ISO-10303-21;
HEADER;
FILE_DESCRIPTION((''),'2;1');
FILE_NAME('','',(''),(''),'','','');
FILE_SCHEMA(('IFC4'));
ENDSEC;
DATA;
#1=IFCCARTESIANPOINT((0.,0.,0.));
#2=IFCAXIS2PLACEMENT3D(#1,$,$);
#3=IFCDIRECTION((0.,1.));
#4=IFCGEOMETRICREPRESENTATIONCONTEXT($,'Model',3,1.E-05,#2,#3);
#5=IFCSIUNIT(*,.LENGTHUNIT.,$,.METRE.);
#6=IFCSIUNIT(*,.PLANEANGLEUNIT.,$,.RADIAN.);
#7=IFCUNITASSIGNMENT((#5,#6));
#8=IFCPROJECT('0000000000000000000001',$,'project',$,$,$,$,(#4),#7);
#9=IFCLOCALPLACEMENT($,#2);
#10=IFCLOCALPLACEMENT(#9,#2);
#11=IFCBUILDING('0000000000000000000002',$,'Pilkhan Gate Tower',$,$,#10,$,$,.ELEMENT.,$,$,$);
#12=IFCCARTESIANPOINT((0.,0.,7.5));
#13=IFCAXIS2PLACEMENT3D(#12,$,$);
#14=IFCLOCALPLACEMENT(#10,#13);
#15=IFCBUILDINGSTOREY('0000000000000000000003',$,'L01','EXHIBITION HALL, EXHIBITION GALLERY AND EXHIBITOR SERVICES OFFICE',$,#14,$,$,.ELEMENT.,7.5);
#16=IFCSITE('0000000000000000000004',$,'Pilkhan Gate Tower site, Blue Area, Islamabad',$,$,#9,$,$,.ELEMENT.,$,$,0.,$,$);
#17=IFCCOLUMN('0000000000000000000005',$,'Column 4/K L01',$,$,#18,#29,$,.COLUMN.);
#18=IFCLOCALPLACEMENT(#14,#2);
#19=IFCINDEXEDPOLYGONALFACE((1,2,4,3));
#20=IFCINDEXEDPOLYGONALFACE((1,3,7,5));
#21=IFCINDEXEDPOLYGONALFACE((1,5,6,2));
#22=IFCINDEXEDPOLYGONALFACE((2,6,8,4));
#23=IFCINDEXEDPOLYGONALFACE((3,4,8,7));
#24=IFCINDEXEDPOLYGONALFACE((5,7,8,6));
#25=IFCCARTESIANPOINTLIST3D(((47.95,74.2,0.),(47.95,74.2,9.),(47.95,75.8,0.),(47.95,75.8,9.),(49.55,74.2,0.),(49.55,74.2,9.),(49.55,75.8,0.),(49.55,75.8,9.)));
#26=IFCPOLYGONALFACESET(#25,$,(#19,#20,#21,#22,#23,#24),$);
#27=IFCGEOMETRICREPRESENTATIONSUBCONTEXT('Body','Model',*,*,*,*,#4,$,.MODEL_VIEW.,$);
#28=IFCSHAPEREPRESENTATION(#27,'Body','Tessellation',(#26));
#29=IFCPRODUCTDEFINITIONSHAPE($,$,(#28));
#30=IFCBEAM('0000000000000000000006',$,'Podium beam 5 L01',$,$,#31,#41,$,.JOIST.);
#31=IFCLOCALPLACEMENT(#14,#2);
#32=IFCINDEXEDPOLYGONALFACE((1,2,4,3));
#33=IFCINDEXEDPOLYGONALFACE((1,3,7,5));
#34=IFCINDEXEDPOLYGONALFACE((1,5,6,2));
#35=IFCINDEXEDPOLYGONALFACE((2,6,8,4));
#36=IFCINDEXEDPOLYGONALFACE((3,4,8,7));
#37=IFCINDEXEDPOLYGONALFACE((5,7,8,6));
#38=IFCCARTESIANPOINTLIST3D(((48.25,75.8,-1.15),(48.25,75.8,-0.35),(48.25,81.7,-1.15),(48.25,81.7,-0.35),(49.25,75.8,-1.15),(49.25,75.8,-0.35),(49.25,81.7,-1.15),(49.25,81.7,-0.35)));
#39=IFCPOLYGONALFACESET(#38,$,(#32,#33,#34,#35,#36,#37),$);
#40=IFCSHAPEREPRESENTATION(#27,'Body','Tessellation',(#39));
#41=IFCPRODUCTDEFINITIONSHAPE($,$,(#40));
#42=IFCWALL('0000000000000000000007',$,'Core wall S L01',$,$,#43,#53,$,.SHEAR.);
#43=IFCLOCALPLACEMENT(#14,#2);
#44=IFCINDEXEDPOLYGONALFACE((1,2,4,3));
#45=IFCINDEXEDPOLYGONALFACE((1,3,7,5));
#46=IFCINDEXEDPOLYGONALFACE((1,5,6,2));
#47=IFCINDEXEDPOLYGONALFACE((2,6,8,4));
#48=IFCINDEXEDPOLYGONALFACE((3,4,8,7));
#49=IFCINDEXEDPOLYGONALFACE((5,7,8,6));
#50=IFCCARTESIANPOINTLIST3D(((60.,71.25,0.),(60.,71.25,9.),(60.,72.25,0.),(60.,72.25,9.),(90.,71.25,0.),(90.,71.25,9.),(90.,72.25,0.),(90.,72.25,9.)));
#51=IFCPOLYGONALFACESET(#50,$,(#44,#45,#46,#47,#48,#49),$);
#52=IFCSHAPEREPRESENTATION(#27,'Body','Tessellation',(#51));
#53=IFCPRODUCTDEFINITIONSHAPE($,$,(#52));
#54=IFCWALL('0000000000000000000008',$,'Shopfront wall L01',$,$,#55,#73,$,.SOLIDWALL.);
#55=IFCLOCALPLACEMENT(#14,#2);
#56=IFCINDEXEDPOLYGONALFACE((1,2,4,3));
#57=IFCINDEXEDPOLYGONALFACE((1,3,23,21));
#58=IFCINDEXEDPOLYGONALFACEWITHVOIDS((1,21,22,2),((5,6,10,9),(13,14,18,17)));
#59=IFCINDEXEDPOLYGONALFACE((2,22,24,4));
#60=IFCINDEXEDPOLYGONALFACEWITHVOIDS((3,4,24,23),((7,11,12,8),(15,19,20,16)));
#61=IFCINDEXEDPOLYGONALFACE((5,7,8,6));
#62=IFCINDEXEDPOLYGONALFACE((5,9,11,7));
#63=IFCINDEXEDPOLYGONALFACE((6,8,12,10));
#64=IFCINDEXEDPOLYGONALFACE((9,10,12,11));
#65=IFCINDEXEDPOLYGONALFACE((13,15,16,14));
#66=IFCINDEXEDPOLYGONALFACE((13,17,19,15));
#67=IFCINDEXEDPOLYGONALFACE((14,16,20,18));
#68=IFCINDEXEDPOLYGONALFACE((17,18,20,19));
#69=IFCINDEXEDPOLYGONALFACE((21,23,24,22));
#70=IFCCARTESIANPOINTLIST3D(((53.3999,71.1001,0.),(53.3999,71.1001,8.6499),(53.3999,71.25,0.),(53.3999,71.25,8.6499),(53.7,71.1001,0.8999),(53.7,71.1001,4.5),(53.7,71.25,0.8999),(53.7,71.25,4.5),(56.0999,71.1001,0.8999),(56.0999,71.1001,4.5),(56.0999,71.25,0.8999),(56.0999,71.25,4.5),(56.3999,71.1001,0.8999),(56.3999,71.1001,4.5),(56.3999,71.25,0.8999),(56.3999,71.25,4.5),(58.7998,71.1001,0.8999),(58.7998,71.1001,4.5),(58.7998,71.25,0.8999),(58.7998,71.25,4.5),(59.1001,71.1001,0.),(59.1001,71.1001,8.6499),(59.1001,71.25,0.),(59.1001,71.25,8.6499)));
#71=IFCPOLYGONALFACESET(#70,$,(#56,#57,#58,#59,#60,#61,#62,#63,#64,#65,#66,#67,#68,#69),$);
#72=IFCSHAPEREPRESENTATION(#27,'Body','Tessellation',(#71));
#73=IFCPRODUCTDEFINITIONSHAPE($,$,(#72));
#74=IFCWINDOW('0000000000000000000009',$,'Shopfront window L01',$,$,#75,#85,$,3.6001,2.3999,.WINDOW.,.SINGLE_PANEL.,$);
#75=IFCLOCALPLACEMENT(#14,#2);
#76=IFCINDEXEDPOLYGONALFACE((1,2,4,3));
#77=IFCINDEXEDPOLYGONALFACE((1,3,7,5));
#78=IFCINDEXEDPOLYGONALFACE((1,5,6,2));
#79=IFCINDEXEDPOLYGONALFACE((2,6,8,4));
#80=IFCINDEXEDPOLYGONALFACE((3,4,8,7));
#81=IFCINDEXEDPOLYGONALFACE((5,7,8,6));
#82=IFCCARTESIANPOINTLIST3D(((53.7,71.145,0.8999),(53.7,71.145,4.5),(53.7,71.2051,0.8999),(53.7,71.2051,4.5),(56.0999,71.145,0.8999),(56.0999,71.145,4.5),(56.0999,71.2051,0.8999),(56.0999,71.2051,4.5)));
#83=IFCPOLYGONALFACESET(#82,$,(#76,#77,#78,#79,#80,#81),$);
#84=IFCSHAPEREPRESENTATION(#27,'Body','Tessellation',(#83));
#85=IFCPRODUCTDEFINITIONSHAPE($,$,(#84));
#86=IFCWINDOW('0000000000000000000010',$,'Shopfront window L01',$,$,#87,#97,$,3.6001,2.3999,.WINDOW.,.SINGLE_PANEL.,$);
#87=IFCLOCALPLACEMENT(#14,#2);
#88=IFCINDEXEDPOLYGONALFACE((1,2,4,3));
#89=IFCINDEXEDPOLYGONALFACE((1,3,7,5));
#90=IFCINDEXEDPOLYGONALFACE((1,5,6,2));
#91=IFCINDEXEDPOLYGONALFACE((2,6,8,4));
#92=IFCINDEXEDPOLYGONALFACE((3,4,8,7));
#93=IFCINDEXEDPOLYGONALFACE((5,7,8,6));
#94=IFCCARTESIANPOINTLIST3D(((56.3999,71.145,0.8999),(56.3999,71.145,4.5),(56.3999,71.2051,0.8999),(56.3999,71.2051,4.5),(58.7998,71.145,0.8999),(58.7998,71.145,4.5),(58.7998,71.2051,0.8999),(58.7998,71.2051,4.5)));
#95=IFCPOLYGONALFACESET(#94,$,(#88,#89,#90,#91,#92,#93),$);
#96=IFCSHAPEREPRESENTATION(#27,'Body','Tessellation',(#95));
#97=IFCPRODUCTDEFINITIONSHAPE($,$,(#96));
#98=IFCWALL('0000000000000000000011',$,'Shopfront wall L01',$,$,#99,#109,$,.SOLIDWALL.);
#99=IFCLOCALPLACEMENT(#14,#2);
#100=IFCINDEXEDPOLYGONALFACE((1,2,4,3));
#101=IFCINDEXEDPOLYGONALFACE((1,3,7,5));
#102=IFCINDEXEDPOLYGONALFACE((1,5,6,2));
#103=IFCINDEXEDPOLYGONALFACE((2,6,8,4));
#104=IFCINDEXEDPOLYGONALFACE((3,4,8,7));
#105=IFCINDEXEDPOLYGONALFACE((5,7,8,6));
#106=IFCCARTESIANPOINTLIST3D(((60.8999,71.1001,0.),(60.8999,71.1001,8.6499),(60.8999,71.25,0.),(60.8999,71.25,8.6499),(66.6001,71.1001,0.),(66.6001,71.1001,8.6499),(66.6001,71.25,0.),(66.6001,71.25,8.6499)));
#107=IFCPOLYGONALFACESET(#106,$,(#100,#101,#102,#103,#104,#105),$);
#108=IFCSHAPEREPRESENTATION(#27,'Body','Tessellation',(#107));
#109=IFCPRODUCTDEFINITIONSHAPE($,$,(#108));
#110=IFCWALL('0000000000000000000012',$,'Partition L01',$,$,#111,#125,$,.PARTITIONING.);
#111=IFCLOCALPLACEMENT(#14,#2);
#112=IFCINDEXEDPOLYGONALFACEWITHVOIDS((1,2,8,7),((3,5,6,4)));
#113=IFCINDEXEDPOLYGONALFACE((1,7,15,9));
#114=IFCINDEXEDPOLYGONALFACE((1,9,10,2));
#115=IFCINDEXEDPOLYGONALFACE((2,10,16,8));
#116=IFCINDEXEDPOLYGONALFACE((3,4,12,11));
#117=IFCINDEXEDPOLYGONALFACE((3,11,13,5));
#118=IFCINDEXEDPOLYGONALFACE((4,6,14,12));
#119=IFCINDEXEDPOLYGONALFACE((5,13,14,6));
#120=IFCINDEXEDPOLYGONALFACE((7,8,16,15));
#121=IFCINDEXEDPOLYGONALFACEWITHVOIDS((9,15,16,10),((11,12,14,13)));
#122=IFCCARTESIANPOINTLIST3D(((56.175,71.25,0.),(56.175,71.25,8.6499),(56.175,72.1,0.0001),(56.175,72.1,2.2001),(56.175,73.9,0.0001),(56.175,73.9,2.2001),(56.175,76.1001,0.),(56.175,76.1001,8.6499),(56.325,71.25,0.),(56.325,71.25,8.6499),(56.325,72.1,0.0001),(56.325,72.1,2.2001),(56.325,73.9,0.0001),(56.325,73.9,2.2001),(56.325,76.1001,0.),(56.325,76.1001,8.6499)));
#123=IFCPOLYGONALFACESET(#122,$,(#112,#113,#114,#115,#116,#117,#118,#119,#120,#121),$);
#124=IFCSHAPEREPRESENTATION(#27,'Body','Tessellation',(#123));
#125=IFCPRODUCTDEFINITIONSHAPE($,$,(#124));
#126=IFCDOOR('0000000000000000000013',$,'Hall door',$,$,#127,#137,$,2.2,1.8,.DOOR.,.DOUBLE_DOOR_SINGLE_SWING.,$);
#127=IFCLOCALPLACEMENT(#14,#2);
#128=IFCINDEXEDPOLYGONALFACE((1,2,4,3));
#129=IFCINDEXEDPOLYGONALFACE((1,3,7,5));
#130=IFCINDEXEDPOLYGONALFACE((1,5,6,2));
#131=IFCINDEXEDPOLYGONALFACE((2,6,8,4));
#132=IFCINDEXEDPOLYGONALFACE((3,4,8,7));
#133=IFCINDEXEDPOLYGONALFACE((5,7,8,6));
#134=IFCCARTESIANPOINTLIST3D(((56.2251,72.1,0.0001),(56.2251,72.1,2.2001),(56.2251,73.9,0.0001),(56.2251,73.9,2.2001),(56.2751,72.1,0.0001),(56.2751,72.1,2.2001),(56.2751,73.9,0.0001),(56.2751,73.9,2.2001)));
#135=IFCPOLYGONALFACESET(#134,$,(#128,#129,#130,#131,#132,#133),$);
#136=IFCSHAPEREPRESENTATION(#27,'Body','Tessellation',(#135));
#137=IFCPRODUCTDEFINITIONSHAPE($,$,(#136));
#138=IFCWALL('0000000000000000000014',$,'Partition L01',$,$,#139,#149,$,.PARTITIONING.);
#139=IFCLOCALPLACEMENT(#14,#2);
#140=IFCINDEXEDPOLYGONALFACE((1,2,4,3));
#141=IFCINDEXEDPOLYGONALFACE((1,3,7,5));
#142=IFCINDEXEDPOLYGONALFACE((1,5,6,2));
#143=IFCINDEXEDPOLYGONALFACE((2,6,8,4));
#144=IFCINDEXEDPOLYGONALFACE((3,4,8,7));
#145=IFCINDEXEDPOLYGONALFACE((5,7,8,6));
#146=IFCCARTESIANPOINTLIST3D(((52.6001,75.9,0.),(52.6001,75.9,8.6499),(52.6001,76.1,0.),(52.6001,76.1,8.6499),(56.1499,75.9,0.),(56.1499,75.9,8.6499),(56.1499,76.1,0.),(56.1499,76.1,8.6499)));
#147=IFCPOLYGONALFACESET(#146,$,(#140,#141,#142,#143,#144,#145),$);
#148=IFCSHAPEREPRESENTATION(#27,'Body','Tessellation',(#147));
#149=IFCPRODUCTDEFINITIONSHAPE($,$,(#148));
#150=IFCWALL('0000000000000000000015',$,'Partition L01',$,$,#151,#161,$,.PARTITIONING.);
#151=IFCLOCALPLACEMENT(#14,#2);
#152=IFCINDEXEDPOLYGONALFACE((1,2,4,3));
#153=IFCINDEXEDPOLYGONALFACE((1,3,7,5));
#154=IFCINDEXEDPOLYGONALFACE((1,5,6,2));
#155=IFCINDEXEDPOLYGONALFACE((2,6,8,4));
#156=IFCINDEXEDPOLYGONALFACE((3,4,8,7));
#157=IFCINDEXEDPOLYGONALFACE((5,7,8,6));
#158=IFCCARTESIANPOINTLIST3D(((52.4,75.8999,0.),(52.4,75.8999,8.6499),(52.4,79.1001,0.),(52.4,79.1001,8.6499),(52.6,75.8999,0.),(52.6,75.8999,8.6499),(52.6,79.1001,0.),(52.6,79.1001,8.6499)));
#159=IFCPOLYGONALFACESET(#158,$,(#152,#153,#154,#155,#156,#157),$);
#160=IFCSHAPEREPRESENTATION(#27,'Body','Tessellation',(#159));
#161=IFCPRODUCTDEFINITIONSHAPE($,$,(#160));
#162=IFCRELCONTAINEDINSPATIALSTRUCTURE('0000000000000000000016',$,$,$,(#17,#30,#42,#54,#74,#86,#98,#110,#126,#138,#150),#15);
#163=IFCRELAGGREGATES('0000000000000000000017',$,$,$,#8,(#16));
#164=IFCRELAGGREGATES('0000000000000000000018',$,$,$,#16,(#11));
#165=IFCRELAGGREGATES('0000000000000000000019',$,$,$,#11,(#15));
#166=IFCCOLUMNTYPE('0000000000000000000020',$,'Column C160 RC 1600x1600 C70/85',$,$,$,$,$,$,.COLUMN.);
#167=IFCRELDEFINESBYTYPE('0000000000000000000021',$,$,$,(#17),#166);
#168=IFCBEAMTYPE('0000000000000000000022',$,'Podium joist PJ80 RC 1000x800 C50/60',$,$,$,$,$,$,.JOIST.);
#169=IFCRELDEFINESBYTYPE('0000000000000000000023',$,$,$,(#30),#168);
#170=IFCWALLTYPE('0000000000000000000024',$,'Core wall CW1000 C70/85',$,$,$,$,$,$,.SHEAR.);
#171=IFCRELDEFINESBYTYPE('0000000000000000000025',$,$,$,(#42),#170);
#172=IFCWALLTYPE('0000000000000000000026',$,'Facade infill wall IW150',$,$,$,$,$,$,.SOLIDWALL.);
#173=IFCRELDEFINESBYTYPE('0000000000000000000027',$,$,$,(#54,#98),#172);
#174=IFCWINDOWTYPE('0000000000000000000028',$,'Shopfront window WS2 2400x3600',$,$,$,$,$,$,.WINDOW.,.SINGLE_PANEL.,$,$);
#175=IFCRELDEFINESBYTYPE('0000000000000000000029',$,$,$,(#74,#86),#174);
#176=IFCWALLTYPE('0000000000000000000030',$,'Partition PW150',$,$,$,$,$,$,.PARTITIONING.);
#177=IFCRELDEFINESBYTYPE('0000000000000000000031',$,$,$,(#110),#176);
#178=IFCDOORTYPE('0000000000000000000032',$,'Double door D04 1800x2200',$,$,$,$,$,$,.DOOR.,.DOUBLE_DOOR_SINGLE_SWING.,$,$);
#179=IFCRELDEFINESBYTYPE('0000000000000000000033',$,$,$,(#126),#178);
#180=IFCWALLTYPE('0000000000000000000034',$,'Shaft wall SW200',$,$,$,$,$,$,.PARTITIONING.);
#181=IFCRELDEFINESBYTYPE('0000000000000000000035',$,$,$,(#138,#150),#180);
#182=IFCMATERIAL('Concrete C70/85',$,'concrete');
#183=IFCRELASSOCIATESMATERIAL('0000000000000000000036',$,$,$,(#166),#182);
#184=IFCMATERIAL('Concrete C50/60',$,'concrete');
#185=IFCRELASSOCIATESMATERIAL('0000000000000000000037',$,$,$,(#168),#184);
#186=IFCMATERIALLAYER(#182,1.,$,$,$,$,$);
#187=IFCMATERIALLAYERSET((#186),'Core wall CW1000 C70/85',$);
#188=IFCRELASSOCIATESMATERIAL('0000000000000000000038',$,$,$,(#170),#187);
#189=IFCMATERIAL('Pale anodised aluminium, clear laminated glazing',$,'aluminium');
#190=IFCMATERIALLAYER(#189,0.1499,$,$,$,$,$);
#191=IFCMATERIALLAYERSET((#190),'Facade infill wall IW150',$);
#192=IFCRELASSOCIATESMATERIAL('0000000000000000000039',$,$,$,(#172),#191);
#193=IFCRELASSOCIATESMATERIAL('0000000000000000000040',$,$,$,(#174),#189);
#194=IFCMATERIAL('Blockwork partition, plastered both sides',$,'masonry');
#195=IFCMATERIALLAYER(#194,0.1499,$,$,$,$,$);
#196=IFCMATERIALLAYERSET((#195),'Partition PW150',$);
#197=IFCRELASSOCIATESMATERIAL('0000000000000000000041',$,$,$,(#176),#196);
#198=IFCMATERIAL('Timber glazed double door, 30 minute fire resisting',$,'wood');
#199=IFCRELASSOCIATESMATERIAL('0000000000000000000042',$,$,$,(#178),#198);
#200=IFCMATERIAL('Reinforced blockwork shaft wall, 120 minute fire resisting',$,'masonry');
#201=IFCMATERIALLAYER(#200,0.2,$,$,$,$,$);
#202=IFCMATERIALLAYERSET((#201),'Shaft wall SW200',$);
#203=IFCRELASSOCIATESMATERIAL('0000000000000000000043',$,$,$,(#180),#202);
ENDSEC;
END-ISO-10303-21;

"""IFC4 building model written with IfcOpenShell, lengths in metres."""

from ifc_helpers import new_model, si_unit, direction, frame, frame_2d, origin, origin_2d, place, context, subcontext, project, spatial, rectangle, extrude, material, layer, layer_set, material_profile, profile_set, type_object, element, fill, save


model = new_model("IFC4")

# Units and contexts
model_context = context("Model", 3, precision=1e-05, world=origin(), true_north=direction((0.0, 1.0)))
body_context = subcontext(model_context, "Body", "Model", "MODEL_VIEW")
ifc_project = project(units=[si_unit("LENGTHUNIT", "METRE"), si_unit("PLANEANGLEUNIT", "RADIAN")], contexts=[model_context])

# Site, building, storey
site_placement = place(None, origin())
site = spatial("IfcSite", under=ifc_project, at=site_placement, Name="Pilkhan Gate Tower site, Blue Area, Islamabad", CompositionType="ELEMENT", RefElevation=0.0)
building_placement = place(site_placement, origin())
building = spatial("IfcBuilding", under=site, at=building_placement, Name="Pilkhan Gate Tower", CompositionType="ELEMENT")
storey_placement = place(building_placement, frame((0.0, 0.0, 7.5)))
storey = spatial("IfcBuildingStorey", under=building, at=storey_placement, Name="L01", Description="EXHIBITION HALL, EXHIBITION GALLERY AND EXHIBITOR SERVICES OFFICE", CompositionType="ELEMENT", Elevation=7.5)

# Column
ifc_material_1 = material(Name="Concrete C70/85", Category="concrete")
ifc_material_profile_1 = material_profile(ifc_material_1, rectangle(XDim=1.6001, YDim=1.6001, at=origin_2d()), Name="RC 1600x1600")
ifc_profile_set_1 = profile_set([ifc_material_profile_1], Name="Concrete C70/85")
column_type = type_object("IfcColumnType", Name="Column C160 RC 1600x1600 C70/85", PredefinedType="COLUMN", material=ifc_profile_set_1)
column_placement = place(storey_placement, frame((48.75, 75.0, 0.0), z_axis=(0.0, 0.0, 1.0), x_axis=(1.0, 0.0, 0.0)))
element("IfcColumn", 1, at=column_placement, inside=storey, type_object=column_type, Name="Column 4/K L01", PredefinedType="COLUMN", context=body_context, shape_type="SweptSolid", body=[
    extrude(rectangle(XDim=1.6001, YDim=1.6001, at=origin_2d()), origin(), (0.0, 0.0, 1.0), 9.0),
])

# Beam
ifc_material_2 = material(Name="Concrete C50/60", Category="concrete")
ifc_material_profile_2 = material_profile(ifc_material_2, rectangle(XDim=1.0, YDim=0.8, at=origin_2d()), Name="RC 1000x800")
ifc_profile_set_2 = profile_set([ifc_material_profile_2], Name="Concrete C50/60")
beam_type = type_object("IfcBeamType", Name="Podium joist PJ80 RC 1000x800 C50/60", PredefinedType="JOIST", material=ifc_profile_set_2)
beam_placement = place(storey_placement, frame((48.75, 75.8, -0.75), z_axis=(0.0, 1.0, 0.0), x_axis=(-1.0, 0.0, 0.0)))
element("IfcBeam", 2, at=beam_placement, inside=storey, type_object=beam_type, Name="Podium beam 5 L01", PredefinedType="JOIST", context=body_context, shape_type="SweptSolid", body=[
    extrude(rectangle(XDim=1.0, YDim=0.8, at=origin_2d()), origin(), (0.0, 0.0, 1.0), 5.8999),
])

# Wall
ifc_layer_1 = layer(ifc_material_1, 1.0)
ifc_layer_set_1 = layer_set([ifc_layer_1], Name="Core wall CW1000 C70/85")
wall_type_1 = type_object("IfcWallType", Name="Core wall CW1000 C70/85", PredefinedType="SHEAR", material=ifc_layer_set_1)
wall_1_placement = place(storey_placement, frame((60.0, 71.75, 0.0), z_axis=(0.0, 0.0, 1.0), x_axis=(1.0, 0.0, 0.0)))
element("IfcWall", 3, at=wall_1_placement, inside=storey, type_object=wall_type_1, Name="Core wall S L01", PredefinedType="SHEAR", context=body_context, shape_type="SweptSolid", body=[
    extrude(rectangle(XDim=30.0, YDim=1.0, at=frame_2d((15.0, 0.0))), origin(), (0.0, 0.0, 1.0), 9.0),
])

# Wall, openings, windows
ifc_material_3 = material(Name="Pale anodised aluminium, clear laminated glazing", Category="aluminium")
ifc_layer_2 = layer(ifc_material_3, 0.1499)
ifc_layer_set_2 = layer_set([ifc_layer_2], Name="Facade infill wall IW150")
wall_type_2 = type_object("IfcWallType", Name="Facade infill wall IW150", PredefinedType="SOLIDWALL", material=ifc_layer_set_2)
wall_2_placement = place(storey_placement, frame((53.3999, 71.175, 0.0), z_axis=(0.0, 0.0, 1.0), x_axis=(1.0, 0.0, 0.0)))
wall_2 = element("IfcWall", 4, at=wall_2_placement, inside=storey, type_object=wall_type_2, Name="Shopfront wall L01", PredefinedType="SOLIDWALL", context=body_context, shape_type="SweptSolid", body=[
    extrude(rectangle(XDim=5.7002, YDim=0.1499, at=frame_2d((2.8501, 0.0))), origin(), (0.0, 0.0, 1.0), 8.6499),
])
opening_1_placement = place(wall_2_placement, frame((0.3, 0.0, 0.8999)))
opening_1 = element("IfcOpeningElement", 5, at=opening_1_placement, cuts=wall_2, PredefinedType="OPENING", context=body_context, shape_type="SweptSolid", body=[
    extrude(rectangle(XDim=2.3999, YDim=3.6001, at=frame_2d((1.2, 1.8))), frame((0.0, 0.085, 0.0), z_axis=(0.0, -1.0, 0.0), x_axis=(1.0, 0.0, 0.0)), (0.0, 0.0, 1.0), 0.1699),
])
opening_2_placement = place(wall_2_placement, frame((3.0, 0.0, 0.8999)))
opening_2 = element("IfcOpeningElement", 6, at=opening_2_placement, cuts=wall_2, PredefinedType="OPENING", context=body_context, shape_type="SweptSolid", body=[
    extrude(rectangle(XDim=2.3999, YDim=3.6001, at=frame_2d((1.2, 1.8))), frame((0.0, 0.085, 0.0), z_axis=(0.0, -1.0, 0.0), x_axis=(1.0, 0.0, 0.0)), (0.0, 0.0, 1.0), 0.1699),
])
window_type = type_object("IfcWindowType", Name="Shopfront window WS2 2400x3600", PartitioningType="SINGLE_PANEL", PredefinedType="WINDOW", material=ifc_material_3)
window_1_placement = place(opening_1_placement, origin())
window_1 = element("IfcWindow", 7, at=window_1_placement, inside=storey, type_object=window_type, Name="Shopfront window L01", OverallHeight=3.6001, OverallWidth=2.3999, PartitioningType="SINGLE_PANEL", PredefinedType="WINDOW", context=body_context, shape_type="SweptSolid", body=[
    extrude(rectangle(XDim=2.3999, YDim=3.6001, at=frame_2d((1.2, 1.8))), frame((0.0, 0.03, 0.0), z_axis=(0.0, -1.0, 0.0), x_axis=(1.0, 0.0, 0.0)), (0.0, 0.0, 1.0), 0.0601),
])
fill(opening_1, window_1)
window_2_placement = place(opening_2_placement, origin())
window_2 = element("IfcWindow", 8, at=window_2_placement, inside=storey, type_object=window_type, Name="Shopfront window L01", OverallHeight=3.6001, OverallWidth=2.3999, PartitioningType="SINGLE_PANEL", PredefinedType="WINDOW", context=body_context, shape_type="SweptSolid", body=[
    extrude(rectangle(XDim=2.3999, YDim=3.6001, at=frame_2d((1.2, 1.8))), frame((0.0, 0.03, 0.0), z_axis=(0.0, -1.0, 0.0), x_axis=(1.0, 0.0, 0.0)), (0.0, 0.0, 1.0), 0.0601),
])
fill(opening_2, window_2)

# Wall
wall_3_placement = place(storey_placement, frame((60.8999, 71.175, 0.0), z_axis=(0.0, 0.0, 1.0), x_axis=(1.0, 0.0, 0.0)))
element("IfcWall", 9, at=wall_3_placement, inside=storey, type_object=wall_type_2, Name="Shopfront wall L01", PredefinedType="SOLIDWALL", context=body_context, shape_type="SweptSolid", body=[
    extrude(rectangle(XDim=5.7002, YDim=0.1499, at=frame_2d((2.8501, 0.0))), origin(), (0.0, 0.0, 1.0), 8.6499),
])

# Wall, opening, door
ifc_material_4 = material(Name="Blockwork partition, plastered both sides", Category="masonry")
ifc_layer_3 = layer(ifc_material_4, 0.1499)
ifc_layer_set_3 = layer_set([ifc_layer_3], Name="Partition PW150")
wall_type_3 = type_object("IfcWallType", Name="Partition PW150", PredefinedType="PARTITIONING", material=ifc_layer_set_3)
wall_4_placement = place(storey_placement, frame((56.25, 71.25, 0.0), z_axis=(0.0, 0.0, 1.0), x_axis=(0.0, 1.0, 0.0)))
wall_4 = element("IfcWall", 10, at=wall_4_placement, inside=storey, type_object=wall_type_3, Name="Partition L01", PredefinedType="PARTITIONING", context=body_context, shape_type="SweptSolid", body=[
    extrude(rectangle(XDim=4.8501, YDim=0.1499, at=frame_2d((2.425, 0.0))), origin(), (0.0, 0.0, 1.0), 8.6499),
])
opening_3_placement = place(wall_4_placement, frame((0.8501, 0.0, 0.0)))
opening_3 = element("IfcOpeningElement", 11, at=opening_3_placement, cuts=wall_4, PredefinedType="OPENING", context=body_context, shape_type="SweptSolid", body=[
    extrude(rectangle(XDim=1.8, YDim=2.2, at=frame_2d((0.8999, 1.1001))), frame((0.0, 0.085, 0.0), z_axis=(0.0, -1.0, 0.0), x_axis=(1.0, 0.0, 0.0)), (0.0, 0.0, 1.0), 0.1699),
])
ifc_material_5 = material(Name="Timber glazed double door, 30 minute fire resisting", Category="wood")
door_type_1 = type_object("IfcDoorType", Name="Double door D04 1800x2200", OperationType="DOUBLE_DOOR_SINGLE_SWING", PredefinedType="DOOR", material=ifc_material_5)
door_1_placement = place(opening_3_placement, origin())
door_1 = element("IfcDoor", 12, at=door_1_placement, inside=storey, type_object=door_type_1, Name="Hall door", OperationType="DOUBLE_DOOR_SINGLE_SWING", OverallHeight=2.2, OverallWidth=1.8, PredefinedType="DOOR", context=body_context, shape_type="SweptSolid", body=[
    extrude(rectangle(XDim=1.8, YDim=2.2, at=frame_2d((0.8999, 1.1001))), frame((0.0, 0.0249, 0.0), z_axis=(0.0, -1.0, 0.0), x_axis=(1.0, 0.0, 0.0)), (0.0, 0.0, 1.0), 0.05),
])
fill(opening_3, door_1)

# Walls
ifc_material_6 = material(Name="Reinforced blockwork shaft wall, 120 minute fire resisting", Category="masonry")
ifc_layer_4 = layer(ifc_material_6, 0.2)
ifc_layer_set_4 = layer_set([ifc_layer_4], Name="Shaft wall SW200")
wall_type_4 = type_object("IfcWallType", Name="Shaft wall SW200", PredefinedType="PARTITIONING", material=ifc_layer_set_4)
wall_5_placement = place(storey_placement, frame((52.6001, 76.0, 0.0), z_axis=(0.0, 0.0, 1.0), x_axis=(1.0, 0.0, 0.0)))
element("IfcWall", 13, at=wall_5_placement, inside=storey, type_object=wall_type_4, Name="Partition L01", PredefinedType="PARTITIONING", context=body_context, shape_type="SweptSolid", body=[
    extrude(rectangle(XDim=3.5498, YDim=0.2, at=frame_2d((1.7749, 0.0))), origin(), (0.0, 0.0, 1.0), 8.6499),
])
wall_6_placement = place(storey_placement, frame((52.5, 75.8999, 0.0), z_axis=(0.0, 0.0, 1.0), x_axis=(0.0, 1.0, 0.0)))
element("IfcWall", 14, at=wall_6_placement, inside=storey, type_object=wall_type_4, Name="Partition L01", PredefinedType="PARTITIONING", context=body_context, shape_type="SweptSolid", body=[
    extrude(rectangle(XDim=3.2002, YDim=0.2, at=frame_2d((1.6001, 0.0))), origin(), (0.0, 0.0, 1.0), 8.6499),
])

save(model, "model.ifc")
